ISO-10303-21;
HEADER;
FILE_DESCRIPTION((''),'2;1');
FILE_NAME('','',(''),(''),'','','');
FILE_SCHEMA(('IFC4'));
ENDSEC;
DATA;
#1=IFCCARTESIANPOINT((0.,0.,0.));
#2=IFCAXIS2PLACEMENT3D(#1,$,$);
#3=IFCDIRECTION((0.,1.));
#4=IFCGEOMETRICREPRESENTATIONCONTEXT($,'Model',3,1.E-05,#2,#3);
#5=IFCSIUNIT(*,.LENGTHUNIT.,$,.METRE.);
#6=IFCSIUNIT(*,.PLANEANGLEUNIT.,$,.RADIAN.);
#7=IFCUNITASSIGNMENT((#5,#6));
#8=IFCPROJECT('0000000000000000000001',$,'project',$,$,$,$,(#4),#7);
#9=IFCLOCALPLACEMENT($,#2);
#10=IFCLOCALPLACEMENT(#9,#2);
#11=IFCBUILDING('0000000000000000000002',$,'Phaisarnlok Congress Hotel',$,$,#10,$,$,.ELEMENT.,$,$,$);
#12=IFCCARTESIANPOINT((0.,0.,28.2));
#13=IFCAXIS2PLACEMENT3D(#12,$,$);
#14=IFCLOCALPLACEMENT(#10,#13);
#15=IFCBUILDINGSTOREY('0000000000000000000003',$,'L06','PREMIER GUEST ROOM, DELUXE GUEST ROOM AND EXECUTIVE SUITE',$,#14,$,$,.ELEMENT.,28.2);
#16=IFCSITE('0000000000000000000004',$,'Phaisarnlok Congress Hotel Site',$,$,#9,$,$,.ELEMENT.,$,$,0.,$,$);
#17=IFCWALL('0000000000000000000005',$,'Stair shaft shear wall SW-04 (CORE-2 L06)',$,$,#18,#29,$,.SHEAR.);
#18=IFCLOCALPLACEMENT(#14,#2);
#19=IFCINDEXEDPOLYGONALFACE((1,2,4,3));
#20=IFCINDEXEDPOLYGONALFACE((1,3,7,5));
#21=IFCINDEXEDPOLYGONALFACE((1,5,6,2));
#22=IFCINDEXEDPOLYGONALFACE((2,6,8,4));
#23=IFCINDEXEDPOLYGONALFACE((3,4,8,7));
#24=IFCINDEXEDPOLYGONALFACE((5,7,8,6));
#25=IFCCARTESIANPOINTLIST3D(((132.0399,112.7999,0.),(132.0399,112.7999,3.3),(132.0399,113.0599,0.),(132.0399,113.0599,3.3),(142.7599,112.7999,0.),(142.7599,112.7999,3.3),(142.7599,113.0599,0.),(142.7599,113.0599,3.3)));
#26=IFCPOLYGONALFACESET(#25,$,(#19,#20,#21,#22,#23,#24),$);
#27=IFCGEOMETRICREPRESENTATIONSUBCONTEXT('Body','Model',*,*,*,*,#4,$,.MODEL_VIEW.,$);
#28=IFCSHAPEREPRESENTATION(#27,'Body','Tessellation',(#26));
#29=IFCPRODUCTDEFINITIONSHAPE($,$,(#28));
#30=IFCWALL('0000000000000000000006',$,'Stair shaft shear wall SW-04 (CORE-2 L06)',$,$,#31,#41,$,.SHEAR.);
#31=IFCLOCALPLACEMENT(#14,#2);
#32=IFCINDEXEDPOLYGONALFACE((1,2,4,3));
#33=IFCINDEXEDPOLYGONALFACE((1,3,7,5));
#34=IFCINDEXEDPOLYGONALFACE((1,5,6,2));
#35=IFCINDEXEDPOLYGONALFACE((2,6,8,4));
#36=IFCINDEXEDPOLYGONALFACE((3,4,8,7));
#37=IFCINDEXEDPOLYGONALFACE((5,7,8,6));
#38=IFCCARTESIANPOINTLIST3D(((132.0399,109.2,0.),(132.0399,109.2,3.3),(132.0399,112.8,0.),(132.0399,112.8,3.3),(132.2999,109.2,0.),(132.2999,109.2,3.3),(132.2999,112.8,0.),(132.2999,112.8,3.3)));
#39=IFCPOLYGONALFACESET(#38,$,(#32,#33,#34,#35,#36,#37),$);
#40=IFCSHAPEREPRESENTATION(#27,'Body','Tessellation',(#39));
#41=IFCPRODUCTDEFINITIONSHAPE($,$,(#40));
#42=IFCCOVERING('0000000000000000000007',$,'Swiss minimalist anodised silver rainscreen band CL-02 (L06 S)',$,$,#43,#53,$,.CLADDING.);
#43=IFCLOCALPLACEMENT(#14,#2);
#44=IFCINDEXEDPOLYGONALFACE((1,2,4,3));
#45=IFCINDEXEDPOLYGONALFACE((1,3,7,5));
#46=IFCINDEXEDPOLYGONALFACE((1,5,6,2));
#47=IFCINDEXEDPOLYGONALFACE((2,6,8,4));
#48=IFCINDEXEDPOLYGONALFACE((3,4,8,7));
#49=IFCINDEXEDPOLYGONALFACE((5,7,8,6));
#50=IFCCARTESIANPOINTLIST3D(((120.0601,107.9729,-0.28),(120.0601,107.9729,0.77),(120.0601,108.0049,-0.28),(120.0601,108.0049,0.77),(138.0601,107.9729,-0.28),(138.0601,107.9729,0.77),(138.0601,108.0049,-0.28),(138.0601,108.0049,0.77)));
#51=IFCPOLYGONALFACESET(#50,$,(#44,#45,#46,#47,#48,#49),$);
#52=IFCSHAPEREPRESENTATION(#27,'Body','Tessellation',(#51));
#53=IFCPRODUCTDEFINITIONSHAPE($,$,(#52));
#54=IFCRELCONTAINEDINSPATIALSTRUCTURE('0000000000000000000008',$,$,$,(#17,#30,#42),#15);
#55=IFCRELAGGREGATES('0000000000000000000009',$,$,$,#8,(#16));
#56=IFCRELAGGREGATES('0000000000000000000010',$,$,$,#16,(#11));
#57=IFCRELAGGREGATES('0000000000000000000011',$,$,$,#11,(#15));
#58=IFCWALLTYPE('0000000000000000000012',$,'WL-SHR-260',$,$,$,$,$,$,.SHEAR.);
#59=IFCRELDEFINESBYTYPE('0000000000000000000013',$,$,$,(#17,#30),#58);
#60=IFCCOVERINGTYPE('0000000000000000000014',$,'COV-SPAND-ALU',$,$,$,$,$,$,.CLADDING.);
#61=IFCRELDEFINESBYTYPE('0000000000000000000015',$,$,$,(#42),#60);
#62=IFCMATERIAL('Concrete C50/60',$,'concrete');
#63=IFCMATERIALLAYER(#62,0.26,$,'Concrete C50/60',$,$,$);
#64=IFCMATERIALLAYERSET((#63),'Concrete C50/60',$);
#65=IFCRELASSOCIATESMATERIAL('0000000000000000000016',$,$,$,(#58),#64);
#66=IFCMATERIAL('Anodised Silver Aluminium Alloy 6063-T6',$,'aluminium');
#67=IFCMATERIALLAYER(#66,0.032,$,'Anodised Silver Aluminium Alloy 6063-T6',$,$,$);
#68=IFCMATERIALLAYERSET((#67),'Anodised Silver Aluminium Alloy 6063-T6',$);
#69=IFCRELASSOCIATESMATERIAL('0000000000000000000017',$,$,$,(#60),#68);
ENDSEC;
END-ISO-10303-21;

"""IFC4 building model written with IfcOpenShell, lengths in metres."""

from ifc_helpers import new_model, si_unit, direction, frame, frame_2d, origin, place, context, subcontext, project, spatial, polyline, rectangle, outline, extrude, material, layer, layer_set, type_object, element, save


model = new_model("IFC4")

# Units and contexts
model_context = context("Model", 3, precision=1e-05, world=origin(), true_north=direction((0.0, 1.0)))
body_context = subcontext(model_context, "Body", "Model", "MODEL_VIEW")
ifc_project = project(units=[si_unit("LENGTHUNIT", "METRE"), si_unit("PLANEANGLEUNIT", "RADIAN")], contexts=[model_context])

# Site, building, storey
site_placement = place(None, origin())
site = spatial("IfcSite", under=ifc_project, at=site_placement, Name="Phaisarnlok Congress Hotel Site", CompositionType="ELEMENT", RefElevation=0.0)
building_placement = place(site_placement, origin())
building = spatial("IfcBuilding", under=site, at=building_placement, Name="Phaisarnlok Congress Hotel", CompositionType="ELEMENT")
storey_placement = place(building_placement, frame((0.0, 0.0, 28.2)))
storey = spatial("IfcBuildingStorey", under=building, at=storey_placement, Name="L06", Description="PREMIER GUEST ROOM, DELUXE GUEST ROOM AND EXECUTIVE SUITE", CompositionType="ELEMENT", Elevation=28.2)

# Shared definitions
ifc_material_1 = material(Name="Concrete C50/60", Category="concrete")

# Walls
ifc_layer_1 = layer(ifc_material_1, 0.26, Name="Concrete C50/60")
ifc_layer_set_1 = layer_set([ifc_layer_1], Name="Concrete C50/60")
wall_type_1 = type_object("IfcWallType", Name="WL-SHR-260", PredefinedType="SHEAR", material=ifc_layer_set_1)
for number, where, z_axis, x_axis, name in (
    (1, (132.04, 112.9299, 0.0), (0.0, 0.0, 1.0), (1.0, 0.0, 0.0), "Stair shaft shear wall SW-04 (CORE-2 L06)"),
):
    element("IfcWall", number, at=place(storey_placement, frame(where, z_axis=z_axis, x_axis=x_axis)), inside=storey, type_object=wall_type_1, Name=name, PredefinedType="SHEAR", context=body_context, shape_type="SweptSolid", body=[
        extrude(rectangle(XDim=10.72, YDim=0.26, at=frame_2d((5.3599, 0.0))), origin(), (0.0, 0.0, 1.0), 3.3),
    ])
wall_1_placement = place(storey_placement, frame((132.1699, 109.2, 0.0), z_axis=(0.0, 0.0, 1.0), x_axis=(0.0, 1.0, 0.0)))
element("IfcWall", 2, at=wall_1_placement, inside=storey, type_object=wall_type_1, Name="Stair shaft shear wall SW-04 (CORE-2 L06)", PredefinedType="SHEAR", context=body_context, shape_type="SweptSolid", body=[
    extrude(rectangle(XDim=3.6001, YDim=0.26, at=frame_2d((1.8, 0.0))), origin(), (0.0, 0.0, 1.0), 3.3),
])

# Covering
ifc_material_2 = material(Name="Anodised Silver Aluminium Alloy 6063-T6", Category="aluminium")
ifc_layer_2 = layer(ifc_material_2, 0.032, Name="Anodised Silver Aluminium Alloy 6063-T6")
ifc_layer_set_2 = layer_set([ifc_layer_2], Name="Anodised Silver Aluminium Alloy 6063-T6")
covering_type = type_object("IfcCoveringType", Name="COV-SPAND-ALU", PredefinedType="CLADDING", material=ifc_layer_set_2)
covering_placement = place(storey_placement, frame((120.0601, 108.0049, -0.28), z_axis=(0.0, -1.0, 0.0), x_axis=(1.0, 0.0, 0.0)))
element("IfcCovering", 3, at=covering_placement, inside=storey, type_object=covering_type, Name="Swiss minimalist anodised silver rainscreen band CL-02 (L06 S)", PredefinedType="CLADDING", context=body_context, shape_type="SweptSolid", body=[
    extrude(outline(polyline([(0.0, 0.0), (18.0, 0.0), (18.0, 1.05), (0.0, 1.05), (0.0, 0.0)])), origin(), (0.0, 0.0, 1.0), 0.032),
])

save(model, "model.ifc")
